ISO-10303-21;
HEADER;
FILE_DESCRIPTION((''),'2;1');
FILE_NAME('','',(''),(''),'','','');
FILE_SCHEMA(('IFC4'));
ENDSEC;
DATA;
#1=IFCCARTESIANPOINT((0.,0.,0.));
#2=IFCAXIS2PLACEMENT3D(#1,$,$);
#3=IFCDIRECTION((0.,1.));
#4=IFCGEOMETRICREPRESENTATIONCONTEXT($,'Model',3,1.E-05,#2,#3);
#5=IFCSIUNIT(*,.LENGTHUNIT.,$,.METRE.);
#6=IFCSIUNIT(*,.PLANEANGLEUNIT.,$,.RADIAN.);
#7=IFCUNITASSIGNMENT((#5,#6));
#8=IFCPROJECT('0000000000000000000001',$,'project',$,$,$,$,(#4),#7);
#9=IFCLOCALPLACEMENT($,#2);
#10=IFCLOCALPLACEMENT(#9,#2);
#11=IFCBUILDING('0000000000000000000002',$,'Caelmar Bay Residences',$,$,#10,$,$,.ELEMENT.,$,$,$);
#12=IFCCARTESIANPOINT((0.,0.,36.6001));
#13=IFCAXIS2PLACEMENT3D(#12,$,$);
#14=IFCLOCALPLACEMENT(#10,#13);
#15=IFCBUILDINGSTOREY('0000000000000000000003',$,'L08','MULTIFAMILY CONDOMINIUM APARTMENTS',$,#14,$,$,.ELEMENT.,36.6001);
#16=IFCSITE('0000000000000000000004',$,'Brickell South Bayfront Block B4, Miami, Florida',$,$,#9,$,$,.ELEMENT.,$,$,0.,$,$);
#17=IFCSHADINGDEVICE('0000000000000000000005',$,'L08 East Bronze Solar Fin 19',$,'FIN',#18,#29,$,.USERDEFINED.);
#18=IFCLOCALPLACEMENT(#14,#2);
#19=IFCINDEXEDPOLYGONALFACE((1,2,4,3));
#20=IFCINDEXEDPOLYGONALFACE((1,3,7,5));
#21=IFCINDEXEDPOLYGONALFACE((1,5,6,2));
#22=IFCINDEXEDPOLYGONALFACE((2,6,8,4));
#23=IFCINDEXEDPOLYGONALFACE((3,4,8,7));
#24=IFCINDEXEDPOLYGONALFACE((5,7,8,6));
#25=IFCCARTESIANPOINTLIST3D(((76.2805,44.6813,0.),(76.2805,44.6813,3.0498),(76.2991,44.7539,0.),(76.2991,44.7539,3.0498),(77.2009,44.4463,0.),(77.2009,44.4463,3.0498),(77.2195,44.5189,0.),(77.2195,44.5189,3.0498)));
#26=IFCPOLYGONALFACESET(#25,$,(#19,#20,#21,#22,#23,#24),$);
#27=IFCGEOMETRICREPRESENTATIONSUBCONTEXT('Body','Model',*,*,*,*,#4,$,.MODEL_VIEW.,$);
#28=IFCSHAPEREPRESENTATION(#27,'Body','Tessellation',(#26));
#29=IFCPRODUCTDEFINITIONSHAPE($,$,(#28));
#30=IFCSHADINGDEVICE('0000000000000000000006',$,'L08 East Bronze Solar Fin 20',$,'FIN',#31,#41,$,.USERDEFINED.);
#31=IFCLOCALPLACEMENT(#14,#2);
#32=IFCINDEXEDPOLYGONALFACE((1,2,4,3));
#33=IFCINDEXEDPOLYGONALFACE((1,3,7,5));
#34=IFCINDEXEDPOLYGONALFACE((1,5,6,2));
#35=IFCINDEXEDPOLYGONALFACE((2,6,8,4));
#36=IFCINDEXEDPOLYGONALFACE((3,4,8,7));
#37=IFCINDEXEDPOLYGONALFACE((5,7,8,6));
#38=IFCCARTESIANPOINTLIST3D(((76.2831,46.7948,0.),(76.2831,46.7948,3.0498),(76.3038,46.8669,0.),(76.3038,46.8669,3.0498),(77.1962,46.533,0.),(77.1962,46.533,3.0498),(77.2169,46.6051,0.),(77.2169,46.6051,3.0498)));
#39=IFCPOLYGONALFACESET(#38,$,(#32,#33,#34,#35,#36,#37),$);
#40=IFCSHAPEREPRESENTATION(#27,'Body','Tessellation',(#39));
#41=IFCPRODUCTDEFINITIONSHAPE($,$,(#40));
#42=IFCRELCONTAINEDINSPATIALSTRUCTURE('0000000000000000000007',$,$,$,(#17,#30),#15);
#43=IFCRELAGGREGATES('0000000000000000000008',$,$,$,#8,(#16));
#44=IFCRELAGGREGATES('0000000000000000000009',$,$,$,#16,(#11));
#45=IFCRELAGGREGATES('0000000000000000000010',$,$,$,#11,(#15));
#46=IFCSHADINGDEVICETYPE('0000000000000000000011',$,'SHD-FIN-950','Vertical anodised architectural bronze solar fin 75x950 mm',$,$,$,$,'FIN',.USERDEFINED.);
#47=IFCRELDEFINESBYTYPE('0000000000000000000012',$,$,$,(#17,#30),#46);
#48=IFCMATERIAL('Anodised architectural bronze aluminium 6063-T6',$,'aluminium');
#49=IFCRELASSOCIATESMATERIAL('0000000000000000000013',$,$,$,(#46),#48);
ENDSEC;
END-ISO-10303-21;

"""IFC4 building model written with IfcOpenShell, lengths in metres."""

from ifc_helpers import new_model, si_unit, direction, frame, origin, origin_2d, place, context, subcontext, project, spatial, rectangle, extrude, material, material_profile, profile_set, type_object, element, save


model = new_model("IFC4")

# Units and contexts
model_context = context("Model", 3, precision=1e-05, world=origin(), true_north=direction((0.0, 1.0)))
body_context = subcontext(model_context, "Body", "Model", "MODEL_VIEW")
ifc_project = project(units=[si_unit("LENGTHUNIT", "METRE"), si_unit("PLANEANGLEUNIT", "RADIAN")], contexts=[model_context])

# Site, building, storey
site_placement = place(None, origin())
site = spatial("IfcSite", under=ifc_project, at=site_placement, Name="Brickell South Bayfront Block B4, Miami, Florida", CompositionType="ELEMENT", RefElevation=0.0)
building_placement = place(site_placement, origin())
building = spatial("IfcBuilding", under=site, at=building_placement, Name="Caelmar Bay Residences", CompositionType="ELEMENT")
storey_placement = place(building_placement, frame((0.0, 0.0, 36.6001)))
storey = spatial("IfcBuildingStorey", under=building, at=storey_placement, Name="L08", Description="MULTIFAMILY CONDOMINIUM APARTMENTS", CompositionType="ELEMENT", Elevation=36.6001)

# Shading devices
ifc_material_1 = material(Name="Anodised architectural bronze aluminium 6063-T6", Category="aluminium")
ifc_material_profile_1 = material_profile(ifc_material_1, rectangle(XDim=0.075, YDim=0.95, at=origin_2d()), Name="BRONZE-FIN-75X950")
ifc_profile_set_1 = profile_set([ifc_material_profile_1], Name="Anodised architectural bronze aluminium 6063-T6")
shading_device_type = type_object("IfcShadingDeviceType", Name="SHD-FIN-950", Description="Vertical anodised architectural bronze solar fin 75x950 mm", ElementType="FIN", PredefinedType="USERDEFINED", material=ifc_profile_set_1)
for number, where, z_axis, x_axis, name in (
    (1, (76.75, 44.6001, 0.0), (0.0, 0.0, 1.0), (0.247337, 0.968929, 0.0), "L08 East Bronze Solar Fin 19"),
    (2, (76.75, 46.7, 0.0), (0.0, 0.0, 1.0), (0.275637, 0.961262, 0.0), "L08 East Bronze Solar Fin 20"),
):
    element("IfcShadingDevice", number, at=place(storey_placement, frame(where, z_axis=z_axis, x_axis=x_axis)), inside=storey, type_object=shading_device_type, Name=name, ObjectType="FIN", PredefinedType="USERDEFINED", context=body_context, shape_type="SweptSolid", body=[
        extrude(rectangle(XDim=0.075, YDim=0.95, at=origin_2d()), origin(), (0.0, 0.0, 1.0), 3.0498),
    ])

save(model, "model.ifc")
